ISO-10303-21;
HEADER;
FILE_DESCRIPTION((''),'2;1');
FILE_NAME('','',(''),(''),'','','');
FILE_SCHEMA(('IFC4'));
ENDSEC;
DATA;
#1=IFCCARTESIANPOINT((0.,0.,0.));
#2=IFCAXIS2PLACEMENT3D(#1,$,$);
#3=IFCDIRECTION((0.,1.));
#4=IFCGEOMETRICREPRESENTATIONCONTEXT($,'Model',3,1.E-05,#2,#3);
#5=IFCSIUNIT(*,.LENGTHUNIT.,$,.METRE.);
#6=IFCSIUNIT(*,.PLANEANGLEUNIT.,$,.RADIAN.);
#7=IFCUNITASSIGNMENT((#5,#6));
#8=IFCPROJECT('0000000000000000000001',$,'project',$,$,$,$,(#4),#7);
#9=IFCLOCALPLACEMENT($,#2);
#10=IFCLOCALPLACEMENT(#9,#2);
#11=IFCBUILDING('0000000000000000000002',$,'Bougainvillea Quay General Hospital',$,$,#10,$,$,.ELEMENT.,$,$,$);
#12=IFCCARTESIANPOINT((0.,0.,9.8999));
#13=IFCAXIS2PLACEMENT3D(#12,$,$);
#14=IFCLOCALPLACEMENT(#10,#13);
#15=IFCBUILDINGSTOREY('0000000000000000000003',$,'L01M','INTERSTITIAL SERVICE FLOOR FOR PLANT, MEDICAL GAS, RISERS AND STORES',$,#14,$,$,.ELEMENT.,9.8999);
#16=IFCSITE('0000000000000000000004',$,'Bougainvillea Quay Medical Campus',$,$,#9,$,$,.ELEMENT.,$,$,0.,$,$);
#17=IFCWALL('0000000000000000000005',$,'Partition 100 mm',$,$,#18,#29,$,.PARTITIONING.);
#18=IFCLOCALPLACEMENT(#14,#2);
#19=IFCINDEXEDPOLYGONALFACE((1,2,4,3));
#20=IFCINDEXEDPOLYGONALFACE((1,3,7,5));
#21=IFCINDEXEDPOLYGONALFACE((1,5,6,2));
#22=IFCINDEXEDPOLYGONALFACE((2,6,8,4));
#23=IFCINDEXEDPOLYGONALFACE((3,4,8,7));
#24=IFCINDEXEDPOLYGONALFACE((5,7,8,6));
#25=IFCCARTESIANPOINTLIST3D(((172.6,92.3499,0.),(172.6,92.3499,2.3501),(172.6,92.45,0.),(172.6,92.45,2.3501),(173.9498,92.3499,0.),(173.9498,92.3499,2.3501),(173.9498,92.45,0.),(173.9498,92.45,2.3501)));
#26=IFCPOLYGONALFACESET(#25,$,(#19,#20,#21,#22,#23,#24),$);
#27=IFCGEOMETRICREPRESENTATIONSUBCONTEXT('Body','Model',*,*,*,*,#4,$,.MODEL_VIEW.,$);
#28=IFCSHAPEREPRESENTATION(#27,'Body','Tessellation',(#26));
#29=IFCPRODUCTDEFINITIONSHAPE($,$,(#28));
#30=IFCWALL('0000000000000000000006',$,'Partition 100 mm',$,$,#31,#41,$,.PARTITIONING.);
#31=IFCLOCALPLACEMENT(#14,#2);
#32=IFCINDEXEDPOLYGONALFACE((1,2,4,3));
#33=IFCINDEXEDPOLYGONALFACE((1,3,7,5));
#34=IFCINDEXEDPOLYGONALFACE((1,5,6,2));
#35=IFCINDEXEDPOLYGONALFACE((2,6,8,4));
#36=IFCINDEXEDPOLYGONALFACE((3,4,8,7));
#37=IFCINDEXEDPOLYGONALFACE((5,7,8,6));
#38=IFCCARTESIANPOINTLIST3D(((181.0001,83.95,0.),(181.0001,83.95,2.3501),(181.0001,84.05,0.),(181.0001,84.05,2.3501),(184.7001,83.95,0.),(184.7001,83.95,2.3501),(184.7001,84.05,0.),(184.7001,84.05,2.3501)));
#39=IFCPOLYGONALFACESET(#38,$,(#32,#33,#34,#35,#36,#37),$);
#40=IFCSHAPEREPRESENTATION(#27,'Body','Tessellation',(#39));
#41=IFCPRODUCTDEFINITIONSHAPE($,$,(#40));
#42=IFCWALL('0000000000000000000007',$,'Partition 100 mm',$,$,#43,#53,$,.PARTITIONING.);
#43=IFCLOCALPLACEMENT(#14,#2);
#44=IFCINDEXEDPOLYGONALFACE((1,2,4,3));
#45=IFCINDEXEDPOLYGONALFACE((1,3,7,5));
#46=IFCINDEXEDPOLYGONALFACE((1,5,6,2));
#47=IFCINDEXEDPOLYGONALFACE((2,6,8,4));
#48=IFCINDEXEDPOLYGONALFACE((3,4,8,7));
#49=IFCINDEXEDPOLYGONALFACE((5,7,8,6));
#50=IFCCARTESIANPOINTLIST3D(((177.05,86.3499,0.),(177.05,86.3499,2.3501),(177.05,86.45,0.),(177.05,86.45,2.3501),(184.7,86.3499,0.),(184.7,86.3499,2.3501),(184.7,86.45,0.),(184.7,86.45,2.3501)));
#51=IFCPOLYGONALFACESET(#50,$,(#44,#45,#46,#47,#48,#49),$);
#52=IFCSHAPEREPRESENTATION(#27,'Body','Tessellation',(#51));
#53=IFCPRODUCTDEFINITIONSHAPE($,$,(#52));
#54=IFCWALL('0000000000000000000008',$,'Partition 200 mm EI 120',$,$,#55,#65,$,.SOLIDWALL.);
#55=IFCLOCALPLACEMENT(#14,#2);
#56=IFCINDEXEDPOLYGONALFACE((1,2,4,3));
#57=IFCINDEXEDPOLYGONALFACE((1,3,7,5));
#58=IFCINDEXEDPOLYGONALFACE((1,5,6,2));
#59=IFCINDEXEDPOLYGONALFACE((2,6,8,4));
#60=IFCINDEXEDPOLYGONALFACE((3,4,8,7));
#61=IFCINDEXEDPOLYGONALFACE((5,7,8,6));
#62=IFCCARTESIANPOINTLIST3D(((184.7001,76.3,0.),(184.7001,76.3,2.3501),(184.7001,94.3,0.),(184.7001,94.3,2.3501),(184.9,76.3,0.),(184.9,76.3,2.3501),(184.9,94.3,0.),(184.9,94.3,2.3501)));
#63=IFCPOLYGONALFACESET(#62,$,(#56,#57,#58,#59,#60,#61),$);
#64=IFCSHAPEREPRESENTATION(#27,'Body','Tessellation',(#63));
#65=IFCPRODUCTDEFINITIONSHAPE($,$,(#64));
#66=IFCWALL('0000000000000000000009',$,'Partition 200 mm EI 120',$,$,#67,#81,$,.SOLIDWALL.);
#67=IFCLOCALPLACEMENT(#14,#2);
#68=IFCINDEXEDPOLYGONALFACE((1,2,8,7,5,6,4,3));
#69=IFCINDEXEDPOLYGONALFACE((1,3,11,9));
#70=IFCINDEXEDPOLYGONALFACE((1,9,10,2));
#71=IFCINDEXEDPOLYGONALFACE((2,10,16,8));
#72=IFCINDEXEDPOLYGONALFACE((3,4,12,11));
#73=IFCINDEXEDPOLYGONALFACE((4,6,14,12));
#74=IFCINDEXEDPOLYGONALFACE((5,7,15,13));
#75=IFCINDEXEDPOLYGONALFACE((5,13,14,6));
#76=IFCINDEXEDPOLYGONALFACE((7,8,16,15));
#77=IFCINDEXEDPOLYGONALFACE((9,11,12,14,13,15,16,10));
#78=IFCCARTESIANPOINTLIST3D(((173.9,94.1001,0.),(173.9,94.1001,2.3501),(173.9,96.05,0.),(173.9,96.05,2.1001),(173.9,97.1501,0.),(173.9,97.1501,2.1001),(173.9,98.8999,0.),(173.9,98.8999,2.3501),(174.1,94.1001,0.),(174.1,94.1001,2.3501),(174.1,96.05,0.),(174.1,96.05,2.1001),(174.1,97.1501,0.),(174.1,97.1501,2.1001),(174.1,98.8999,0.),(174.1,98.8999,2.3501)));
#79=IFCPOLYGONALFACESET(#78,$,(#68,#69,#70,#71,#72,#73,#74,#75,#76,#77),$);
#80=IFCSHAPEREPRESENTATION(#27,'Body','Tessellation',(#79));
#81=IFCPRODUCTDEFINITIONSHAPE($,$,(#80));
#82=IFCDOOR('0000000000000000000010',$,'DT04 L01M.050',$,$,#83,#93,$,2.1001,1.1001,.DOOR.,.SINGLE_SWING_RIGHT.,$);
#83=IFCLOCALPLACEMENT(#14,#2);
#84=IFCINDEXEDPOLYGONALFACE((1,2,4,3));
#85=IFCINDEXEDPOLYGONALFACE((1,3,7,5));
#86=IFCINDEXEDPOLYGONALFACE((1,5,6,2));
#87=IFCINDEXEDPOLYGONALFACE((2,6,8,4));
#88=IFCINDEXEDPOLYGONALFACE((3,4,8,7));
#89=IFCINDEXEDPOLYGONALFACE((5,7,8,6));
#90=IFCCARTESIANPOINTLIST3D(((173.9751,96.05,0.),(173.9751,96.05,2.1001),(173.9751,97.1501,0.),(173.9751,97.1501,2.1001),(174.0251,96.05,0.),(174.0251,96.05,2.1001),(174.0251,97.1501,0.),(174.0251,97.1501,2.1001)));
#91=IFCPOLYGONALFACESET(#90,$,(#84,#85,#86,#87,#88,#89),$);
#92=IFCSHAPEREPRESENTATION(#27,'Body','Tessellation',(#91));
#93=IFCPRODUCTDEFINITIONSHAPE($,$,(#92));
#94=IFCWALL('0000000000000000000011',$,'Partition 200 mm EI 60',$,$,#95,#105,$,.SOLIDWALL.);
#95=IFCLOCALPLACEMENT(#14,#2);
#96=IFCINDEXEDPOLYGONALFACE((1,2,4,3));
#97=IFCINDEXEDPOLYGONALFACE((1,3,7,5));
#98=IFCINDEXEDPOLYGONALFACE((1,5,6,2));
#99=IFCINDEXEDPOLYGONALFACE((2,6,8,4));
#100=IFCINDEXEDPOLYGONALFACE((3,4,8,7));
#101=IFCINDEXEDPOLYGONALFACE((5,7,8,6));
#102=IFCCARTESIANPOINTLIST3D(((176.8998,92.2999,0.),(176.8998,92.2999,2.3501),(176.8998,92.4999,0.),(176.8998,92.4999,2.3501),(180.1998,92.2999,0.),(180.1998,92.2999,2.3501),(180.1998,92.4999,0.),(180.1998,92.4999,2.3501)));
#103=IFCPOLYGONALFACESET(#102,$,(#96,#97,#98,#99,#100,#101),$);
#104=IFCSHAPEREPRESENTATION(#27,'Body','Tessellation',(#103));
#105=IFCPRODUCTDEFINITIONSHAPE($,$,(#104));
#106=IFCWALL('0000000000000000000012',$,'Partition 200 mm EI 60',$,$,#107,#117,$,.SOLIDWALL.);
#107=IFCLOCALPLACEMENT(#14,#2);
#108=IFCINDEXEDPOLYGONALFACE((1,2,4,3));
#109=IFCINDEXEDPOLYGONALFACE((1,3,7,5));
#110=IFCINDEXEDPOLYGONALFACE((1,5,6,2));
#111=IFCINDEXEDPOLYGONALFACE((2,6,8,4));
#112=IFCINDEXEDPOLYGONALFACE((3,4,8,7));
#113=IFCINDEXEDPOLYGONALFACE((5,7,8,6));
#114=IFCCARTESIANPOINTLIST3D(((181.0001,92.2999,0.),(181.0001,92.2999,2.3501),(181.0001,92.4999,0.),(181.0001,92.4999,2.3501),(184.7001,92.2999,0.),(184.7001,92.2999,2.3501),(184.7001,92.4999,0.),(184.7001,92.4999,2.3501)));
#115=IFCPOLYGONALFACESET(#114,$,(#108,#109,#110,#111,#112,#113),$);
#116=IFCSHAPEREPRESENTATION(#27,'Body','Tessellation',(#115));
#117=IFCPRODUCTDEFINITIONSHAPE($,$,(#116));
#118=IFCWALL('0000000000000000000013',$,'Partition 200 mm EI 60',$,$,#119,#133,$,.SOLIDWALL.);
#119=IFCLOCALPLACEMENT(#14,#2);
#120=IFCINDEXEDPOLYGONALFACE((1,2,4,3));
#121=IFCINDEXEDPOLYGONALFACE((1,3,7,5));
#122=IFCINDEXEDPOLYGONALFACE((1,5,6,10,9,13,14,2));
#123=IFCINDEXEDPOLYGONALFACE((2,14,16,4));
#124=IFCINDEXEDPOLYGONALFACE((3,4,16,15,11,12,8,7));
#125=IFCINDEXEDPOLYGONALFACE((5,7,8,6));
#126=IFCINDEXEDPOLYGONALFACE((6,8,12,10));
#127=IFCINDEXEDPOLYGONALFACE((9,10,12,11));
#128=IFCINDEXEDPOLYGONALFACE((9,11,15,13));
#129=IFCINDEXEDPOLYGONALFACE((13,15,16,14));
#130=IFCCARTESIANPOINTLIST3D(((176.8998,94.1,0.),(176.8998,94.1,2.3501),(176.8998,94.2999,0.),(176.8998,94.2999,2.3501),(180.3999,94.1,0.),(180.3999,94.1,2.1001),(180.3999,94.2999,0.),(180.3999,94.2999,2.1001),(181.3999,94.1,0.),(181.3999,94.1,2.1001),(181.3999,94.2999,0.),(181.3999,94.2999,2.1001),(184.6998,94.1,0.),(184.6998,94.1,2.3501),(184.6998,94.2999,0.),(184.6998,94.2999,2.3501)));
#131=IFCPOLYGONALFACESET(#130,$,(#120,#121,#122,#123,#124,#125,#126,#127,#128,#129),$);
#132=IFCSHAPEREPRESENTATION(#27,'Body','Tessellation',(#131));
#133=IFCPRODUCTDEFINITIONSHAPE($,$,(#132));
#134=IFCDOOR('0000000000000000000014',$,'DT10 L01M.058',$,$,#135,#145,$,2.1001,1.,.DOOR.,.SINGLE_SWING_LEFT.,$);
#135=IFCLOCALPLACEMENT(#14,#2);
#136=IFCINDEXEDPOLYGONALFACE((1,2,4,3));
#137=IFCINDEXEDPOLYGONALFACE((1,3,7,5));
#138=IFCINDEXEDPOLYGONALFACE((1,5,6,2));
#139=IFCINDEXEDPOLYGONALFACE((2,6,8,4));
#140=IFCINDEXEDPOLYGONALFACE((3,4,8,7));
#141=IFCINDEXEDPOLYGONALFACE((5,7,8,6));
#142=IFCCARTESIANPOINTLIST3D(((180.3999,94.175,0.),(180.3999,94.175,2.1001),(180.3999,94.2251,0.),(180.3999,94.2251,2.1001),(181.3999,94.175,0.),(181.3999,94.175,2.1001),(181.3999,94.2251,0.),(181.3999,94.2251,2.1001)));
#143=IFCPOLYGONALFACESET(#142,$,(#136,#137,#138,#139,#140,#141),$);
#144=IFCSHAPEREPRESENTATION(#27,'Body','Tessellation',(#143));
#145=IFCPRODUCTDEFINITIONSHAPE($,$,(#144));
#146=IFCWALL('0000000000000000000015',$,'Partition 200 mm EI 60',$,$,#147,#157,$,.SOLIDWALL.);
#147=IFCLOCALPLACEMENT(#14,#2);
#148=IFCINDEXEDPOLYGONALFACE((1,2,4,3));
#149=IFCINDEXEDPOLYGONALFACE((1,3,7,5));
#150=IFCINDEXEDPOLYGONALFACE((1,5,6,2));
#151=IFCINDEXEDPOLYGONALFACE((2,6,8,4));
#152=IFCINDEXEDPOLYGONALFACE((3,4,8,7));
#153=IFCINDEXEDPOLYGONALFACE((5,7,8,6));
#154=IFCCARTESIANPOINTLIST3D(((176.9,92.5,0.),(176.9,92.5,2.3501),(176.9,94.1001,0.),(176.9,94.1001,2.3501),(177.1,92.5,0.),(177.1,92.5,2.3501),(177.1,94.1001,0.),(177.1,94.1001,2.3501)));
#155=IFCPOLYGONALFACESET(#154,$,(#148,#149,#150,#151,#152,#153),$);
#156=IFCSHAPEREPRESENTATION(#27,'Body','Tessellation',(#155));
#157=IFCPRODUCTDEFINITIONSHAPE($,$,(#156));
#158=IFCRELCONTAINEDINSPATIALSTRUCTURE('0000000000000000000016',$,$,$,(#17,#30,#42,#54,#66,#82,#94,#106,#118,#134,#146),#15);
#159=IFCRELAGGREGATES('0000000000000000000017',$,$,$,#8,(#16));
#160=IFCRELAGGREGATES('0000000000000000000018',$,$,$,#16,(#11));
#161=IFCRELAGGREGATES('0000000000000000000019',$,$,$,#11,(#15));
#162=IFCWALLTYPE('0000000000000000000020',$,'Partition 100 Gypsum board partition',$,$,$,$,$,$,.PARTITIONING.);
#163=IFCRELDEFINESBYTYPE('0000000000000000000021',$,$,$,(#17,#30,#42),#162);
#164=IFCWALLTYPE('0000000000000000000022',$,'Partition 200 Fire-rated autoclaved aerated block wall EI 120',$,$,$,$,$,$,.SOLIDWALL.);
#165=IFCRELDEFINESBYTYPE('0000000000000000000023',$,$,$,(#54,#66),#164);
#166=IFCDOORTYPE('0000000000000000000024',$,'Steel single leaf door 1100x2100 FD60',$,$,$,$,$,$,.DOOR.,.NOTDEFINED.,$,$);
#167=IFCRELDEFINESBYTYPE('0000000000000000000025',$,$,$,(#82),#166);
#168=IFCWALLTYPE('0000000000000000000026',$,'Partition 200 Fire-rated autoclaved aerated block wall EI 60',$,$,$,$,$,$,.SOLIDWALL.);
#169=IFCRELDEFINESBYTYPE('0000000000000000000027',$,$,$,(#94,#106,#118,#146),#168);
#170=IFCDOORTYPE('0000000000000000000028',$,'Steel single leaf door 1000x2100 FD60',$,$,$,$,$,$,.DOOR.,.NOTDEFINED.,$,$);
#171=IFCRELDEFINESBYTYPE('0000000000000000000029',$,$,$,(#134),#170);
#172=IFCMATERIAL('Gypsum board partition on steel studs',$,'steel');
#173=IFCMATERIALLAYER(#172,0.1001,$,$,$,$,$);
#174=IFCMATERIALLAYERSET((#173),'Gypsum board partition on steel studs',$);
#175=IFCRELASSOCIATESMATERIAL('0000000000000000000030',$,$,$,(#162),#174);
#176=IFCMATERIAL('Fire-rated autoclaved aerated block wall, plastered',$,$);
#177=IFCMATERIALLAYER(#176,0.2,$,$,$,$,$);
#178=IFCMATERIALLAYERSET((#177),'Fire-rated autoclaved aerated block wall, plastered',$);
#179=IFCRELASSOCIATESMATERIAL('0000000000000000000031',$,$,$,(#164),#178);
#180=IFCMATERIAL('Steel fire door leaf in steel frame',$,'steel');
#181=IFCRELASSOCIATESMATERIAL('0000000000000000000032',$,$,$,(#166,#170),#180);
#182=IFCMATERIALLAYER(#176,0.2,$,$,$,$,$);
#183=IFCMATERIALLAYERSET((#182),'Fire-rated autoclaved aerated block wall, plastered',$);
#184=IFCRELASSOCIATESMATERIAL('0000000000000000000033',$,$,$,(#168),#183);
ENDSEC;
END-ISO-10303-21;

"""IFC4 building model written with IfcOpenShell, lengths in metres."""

from ifc_helpers import new_model, si_unit, direction, frame, frame_2d, origin, place, context, subcontext, project, spatial, rectangle, extrude, material, layer, layer_set, type_object, element, fill, save


model = new_model("IFC4")

# Units and contexts
model_context = context("Model", 3, precision=1e-05, world=origin(), true_north=direction((0.0, 1.0)))
body_context = subcontext(model_context, "Body", "Model", "MODEL_VIEW")
ifc_project = project(units=[si_unit("LENGTHUNIT", "METRE"), si_unit("PLANEANGLEUNIT", "RADIAN")], contexts=[model_context])

# Site, building, storey
site_placement = place(None, origin())
site = spatial("IfcSite", under=ifc_project, at=site_placement, Name="Bougainvillea Quay Medical Campus", CompositionType="ELEMENT", RefElevation=0.0)
building_placement = place(site_placement, origin())
building = spatial("IfcBuilding", under=site, at=building_placement, Name="Bougainvillea Quay General Hospital", CompositionType="ELEMENT")
storey_placement = place(building_placement, frame((0.0, 0.0, 9.8999)))
storey = spatial("IfcBuildingStorey", under=building, at=storey_placement, Name="L01M", Description="INTERSTITIAL SERVICE FLOOR FOR PLANT, MEDICAL GAS, RISERS AND STORES", CompositionType="ELEMENT", Elevation=9.8999)

# Shared definitions
ifc_material_1 = material(Name="Gypsum board partition on steel studs", Category="steel")
ifc_layer_1 = layer(ifc_material_1, 0.1001)
ifc_layer_set_1 = layer_set([ifc_layer_1], Name="Gypsum board partition on steel studs")
wall_type_1 = type_object("IfcWallType", Name="Partition 100 Gypsum board partition", PredefinedType="PARTITIONING", material=ifc_layer_set_1)

# Walls
wall_1_placement = place(storey_placement, frame((172.6001, 92.3999, 0.0), z_axis=(0.0, 0.0, 1.0), x_axis=(1.0, 0.0, 0.0)))
element("IfcWall", 1, at=wall_1_placement, inside=storey, type_object=wall_type_1, Name="Partition 100 mm", PredefinedType="PARTITIONING", context=body_context, shape_type="SweptSolid", body=[
    extrude(rectangle(XDim=1.3499, YDim=0.1001, at=frame_2d((0.6748, 0.0))), origin(), (0.0, 0.0, 1.0), 2.3501),
])
wall_2_placement = place(storey_placement, frame((181.0, 84.0, 0.0), z_axis=(0.0, 0.0, 1.0), x_axis=(1.0, 0.0, 0.0)))
element("IfcWall", 2, at=wall_2_placement, inside=storey, type_object=wall_type_1, Name="Partition 100 mm", PredefinedType="PARTITIONING", context=body_context, shape_type="SweptSolid", body=[
    extrude(rectangle(XDim=3.7, YDim=0.1001, at=frame_2d((1.8501, 0.0))), origin(), (0.0, 0.0, 1.0), 2.3501),
])
wall_3_placement = place(storey_placement, frame((177.05, 86.3999, 0.0), z_axis=(0.0, 0.0, 1.0), x_axis=(1.0, 0.0, 0.0)))
element("IfcWall", 3, at=wall_3_placement, inside=storey, type_object=wall_type_1, Name="Partition 100 mm", PredefinedType="PARTITIONING", context=body_context, shape_type="SweptSolid", body=[
    extrude(rectangle(XDim=7.6499, YDim=0.1001, at=frame_2d((3.825, 0.0))), origin(), (0.0, 0.0, 1.0), 2.3501),
])
ifc_material_2 = material(Name="Fire-rated autoclaved aerated block wall, plastered")
ifc_layer_2 = layer(ifc_material_2, 0.2)
ifc_layer_set_2 = layer_set([ifc_layer_2], Name="Fire-rated autoclaved aerated block wall, plastered")
wall_type_2 = type_object("IfcWallType", Name="Partition 200 Fire-rated autoclaved aerated block wall EI 120", PredefinedType="SOLIDWALL", material=ifc_layer_set_2)
wall_4_placement = place(storey_placement, frame((184.8, 94.3, 0.0), z_axis=(0.0, 0.0, 1.0), x_axis=(0.0, -1.0, 0.0)))
element("IfcWall", 4, at=wall_4_placement, inside=storey, type_object=wall_type_2, Name="Partition 200 mm EI 120", PredefinedType="SOLIDWALL", context=body_context, shape_type="SweptSolid", body=[
    extrude(rectangle(XDim=18.0, YDim=0.2, at=frame_2d((9.0, 0.0))), origin(), (0.0, 0.0, 1.0), 2.3501),
])

# Wall, opening, door
wall_5_placement = place(storey_placement, frame((174.0, 94.1001, 0.0), z_axis=(0.0, 0.0, 1.0), x_axis=(0.0, 1.0, 0.0)))
wall_5 = element("IfcWall", 5, at=wall_5_placement, inside=storey, type_object=wall_type_2, Name="Partition 200 mm EI 120", PredefinedType="SOLIDWALL", context=body_context, shape_type="SweptSolid", body=[
    extrude(rectangle(XDim=4.7998, YDim=0.2, at=frame_2d((2.3999, 0.0))), origin(), (0.0, 0.0, 1.0), 2.3501),
])
opening_1_placement = place(wall_5_placement, frame((1.95, 0.0, 0.0)))
opening_1 = element("IfcOpeningElement", 6, at=opening_1_placement, cuts=wall_5, PredefinedType="OPENING", context=body_context, shape_type="SweptSolid", body=[
    extrude(rectangle(XDim=1.1001, YDim=2.1001, at=frame_2d((0.55, 1.05))), frame((0.0, 0.1099, 0.0), z_axis=(0.0, -1.0, 0.0), x_axis=(1.0, 0.0, 0.0)), (0.0, 0.0, 1.0), 0.22),
])
ifc_material_3 = material(Name="Steel fire door leaf in steel frame", Category="steel")
door_type_1 = type_object("IfcDoorType", Name="Steel single leaf door 1100x2100 FD60", OperationType="NOTDEFINED", PredefinedType="DOOR", material=ifc_material_3)
door_1_placement = place(opening_1_placement, origin())
door_1 = element("IfcDoor", 7, at=door_1_placement, inside=storey, type_object=door_type_1, Name="DT04 L01M.050", OperationType="SINGLE_SWING_RIGHT", OverallHeight=2.1001, OverallWidth=1.1001, PredefinedType="DOOR", context=body_context, shape_type="SweptSolid", body=[
    extrude(rectangle(XDim=1.1001, YDim=2.1001, at=frame_2d((0.55, 1.05))), frame((0.0, 0.0249, 0.0), z_axis=(0.0, -1.0, 0.0), x_axis=(1.0, 0.0, 0.0)), (0.0, 0.0, 1.0), 0.05),
])
fill(opening_1, door_1)

# Walls
ifc_layer_3 = layer(ifc_material_2, 0.2)
ifc_layer_set_3 = layer_set([ifc_layer_3], Name="Fire-rated autoclaved aerated block wall, plastered")
wall_type_3 = type_object("IfcWallType", Name="Partition 200 Fire-rated autoclaved aerated block wall EI 60", PredefinedType="SOLIDWALL", material=ifc_layer_set_3)
wall_6_placement = place(storey_placement, frame((176.8999, 92.3999, 0.0), z_axis=(0.0, 0.0, 1.0), x_axis=(1.0, 0.0, 0.0)))
element("IfcWall", 8, at=wall_6_placement, inside=storey, type_object=wall_type_3, Name="Partition 200 mm EI 60", PredefinedType="SOLIDWALL", context=body_context, shape_type="SweptSolid", body=[
    extrude(rectangle(XDim=3.3, YDim=0.2, at=frame_2d((1.6499, 0.0))), origin(), (0.0, 0.0, 1.0), 2.3501),
])
wall_7_placement = place(storey_placement, frame((181.0, 92.3999, 0.0), z_axis=(0.0, 0.0, 1.0), x_axis=(1.0, 0.0, 0.0)))
element("IfcWall", 9, at=wall_7_placement, inside=storey, type_object=wall_type_3, Name="Partition 200 mm EI 60", PredefinedType="SOLIDWALL", context=body_context, shape_type="SweptSolid", body=[
    extrude(rectangle(XDim=3.7, YDim=0.2, at=frame_2d((1.8501, 0.0))), origin(), (0.0, 0.0, 1.0), 2.3501),
])

# Wall, opening, door
wall_8_placement = place(storey_placement, frame((176.8999, 94.2, 0.0), z_axis=(0.0, 0.0, 1.0), x_axis=(1.0, 0.0, 0.0)))
wall_8 = element("IfcWall", 10, at=wall_8_placement, inside=storey, type_object=wall_type_3, Name="Partition 200 mm EI 60", PredefinedType="SOLIDWALL", context=body_context, shape_type="SweptSolid", body=[
    extrude(rectangle(XDim=7.8, YDim=0.2, at=frame_2d((3.8999, 0.0))), origin(), (0.0, 0.0, 1.0), 2.3501),
])
opening_2_placement = place(wall_8_placement, frame((3.5, 0.0, 0.0)))
opening_2 = element("IfcOpeningElement", 11, at=opening_2_placement, cuts=wall_8, PredefinedType="OPENING", context=body_context, shape_type="SweptSolid", body=[
    extrude(rectangle(XDim=1.0, YDim=2.1001, at=frame_2d((0.5, 1.05))), frame((0.0, 0.1099, 0.0), z_axis=(0.0, -1.0, 0.0), x_axis=(1.0, 0.0, 0.0)), (0.0, 0.0, 1.0), 0.22),
])
door_type_2 = type_object("IfcDoorType", Name="Steel single leaf door 1000x2100 FD60", OperationType="NOTDEFINED", PredefinedType="DOOR", material=ifc_material_3)
door_2_placement = place(opening_2_placement, frame((1.0, 0.0, 0.0), z_axis=(0.0, 0.0, 1.0), x_axis=(-1.0, 0.0, 0.0)))
door_2 = element("IfcDoor", 12, at=door_2_placement, inside=storey, type_object=door_type_2, Name="DT10 L01M.058", OperationType="SINGLE_SWING_LEFT", OverallHeight=2.1001, OverallWidth=1.0, PredefinedType="DOOR", context=body_context, shape_type="SweptSolid", body=[
    extrude(rectangle(XDim=1.0, YDim=2.1001, at=frame_2d((0.5, 1.05))), frame((0.0, 0.0249, 0.0), z_axis=(0.0, -1.0, 0.0), x_axis=(1.0, 0.0, 0.0)), (0.0, 0.0, 1.0), 0.05),
])
fill(opening_2, door_2)

# Wall
wall_9_placement = place(storey_placement, frame((177.0, 92.5, 0.0), z_axis=(0.0, 0.0, 1.0), x_axis=(0.0, 1.0, 0.0)))
element("IfcWall", 13, at=wall_9_placement, inside=storey, type_object=wall_type_3, Name="Partition 200 mm EI 60", PredefinedType="SOLIDWALL", context=body_context, shape_type="SweptSolid", body=[
    extrude(rectangle(XDim=1.6001, YDim=0.2, at=frame_2d((0.8, 0.0))), origin(), (0.0, 0.0, 1.0), 2.3501),
])

save(model, "model.ifc")
